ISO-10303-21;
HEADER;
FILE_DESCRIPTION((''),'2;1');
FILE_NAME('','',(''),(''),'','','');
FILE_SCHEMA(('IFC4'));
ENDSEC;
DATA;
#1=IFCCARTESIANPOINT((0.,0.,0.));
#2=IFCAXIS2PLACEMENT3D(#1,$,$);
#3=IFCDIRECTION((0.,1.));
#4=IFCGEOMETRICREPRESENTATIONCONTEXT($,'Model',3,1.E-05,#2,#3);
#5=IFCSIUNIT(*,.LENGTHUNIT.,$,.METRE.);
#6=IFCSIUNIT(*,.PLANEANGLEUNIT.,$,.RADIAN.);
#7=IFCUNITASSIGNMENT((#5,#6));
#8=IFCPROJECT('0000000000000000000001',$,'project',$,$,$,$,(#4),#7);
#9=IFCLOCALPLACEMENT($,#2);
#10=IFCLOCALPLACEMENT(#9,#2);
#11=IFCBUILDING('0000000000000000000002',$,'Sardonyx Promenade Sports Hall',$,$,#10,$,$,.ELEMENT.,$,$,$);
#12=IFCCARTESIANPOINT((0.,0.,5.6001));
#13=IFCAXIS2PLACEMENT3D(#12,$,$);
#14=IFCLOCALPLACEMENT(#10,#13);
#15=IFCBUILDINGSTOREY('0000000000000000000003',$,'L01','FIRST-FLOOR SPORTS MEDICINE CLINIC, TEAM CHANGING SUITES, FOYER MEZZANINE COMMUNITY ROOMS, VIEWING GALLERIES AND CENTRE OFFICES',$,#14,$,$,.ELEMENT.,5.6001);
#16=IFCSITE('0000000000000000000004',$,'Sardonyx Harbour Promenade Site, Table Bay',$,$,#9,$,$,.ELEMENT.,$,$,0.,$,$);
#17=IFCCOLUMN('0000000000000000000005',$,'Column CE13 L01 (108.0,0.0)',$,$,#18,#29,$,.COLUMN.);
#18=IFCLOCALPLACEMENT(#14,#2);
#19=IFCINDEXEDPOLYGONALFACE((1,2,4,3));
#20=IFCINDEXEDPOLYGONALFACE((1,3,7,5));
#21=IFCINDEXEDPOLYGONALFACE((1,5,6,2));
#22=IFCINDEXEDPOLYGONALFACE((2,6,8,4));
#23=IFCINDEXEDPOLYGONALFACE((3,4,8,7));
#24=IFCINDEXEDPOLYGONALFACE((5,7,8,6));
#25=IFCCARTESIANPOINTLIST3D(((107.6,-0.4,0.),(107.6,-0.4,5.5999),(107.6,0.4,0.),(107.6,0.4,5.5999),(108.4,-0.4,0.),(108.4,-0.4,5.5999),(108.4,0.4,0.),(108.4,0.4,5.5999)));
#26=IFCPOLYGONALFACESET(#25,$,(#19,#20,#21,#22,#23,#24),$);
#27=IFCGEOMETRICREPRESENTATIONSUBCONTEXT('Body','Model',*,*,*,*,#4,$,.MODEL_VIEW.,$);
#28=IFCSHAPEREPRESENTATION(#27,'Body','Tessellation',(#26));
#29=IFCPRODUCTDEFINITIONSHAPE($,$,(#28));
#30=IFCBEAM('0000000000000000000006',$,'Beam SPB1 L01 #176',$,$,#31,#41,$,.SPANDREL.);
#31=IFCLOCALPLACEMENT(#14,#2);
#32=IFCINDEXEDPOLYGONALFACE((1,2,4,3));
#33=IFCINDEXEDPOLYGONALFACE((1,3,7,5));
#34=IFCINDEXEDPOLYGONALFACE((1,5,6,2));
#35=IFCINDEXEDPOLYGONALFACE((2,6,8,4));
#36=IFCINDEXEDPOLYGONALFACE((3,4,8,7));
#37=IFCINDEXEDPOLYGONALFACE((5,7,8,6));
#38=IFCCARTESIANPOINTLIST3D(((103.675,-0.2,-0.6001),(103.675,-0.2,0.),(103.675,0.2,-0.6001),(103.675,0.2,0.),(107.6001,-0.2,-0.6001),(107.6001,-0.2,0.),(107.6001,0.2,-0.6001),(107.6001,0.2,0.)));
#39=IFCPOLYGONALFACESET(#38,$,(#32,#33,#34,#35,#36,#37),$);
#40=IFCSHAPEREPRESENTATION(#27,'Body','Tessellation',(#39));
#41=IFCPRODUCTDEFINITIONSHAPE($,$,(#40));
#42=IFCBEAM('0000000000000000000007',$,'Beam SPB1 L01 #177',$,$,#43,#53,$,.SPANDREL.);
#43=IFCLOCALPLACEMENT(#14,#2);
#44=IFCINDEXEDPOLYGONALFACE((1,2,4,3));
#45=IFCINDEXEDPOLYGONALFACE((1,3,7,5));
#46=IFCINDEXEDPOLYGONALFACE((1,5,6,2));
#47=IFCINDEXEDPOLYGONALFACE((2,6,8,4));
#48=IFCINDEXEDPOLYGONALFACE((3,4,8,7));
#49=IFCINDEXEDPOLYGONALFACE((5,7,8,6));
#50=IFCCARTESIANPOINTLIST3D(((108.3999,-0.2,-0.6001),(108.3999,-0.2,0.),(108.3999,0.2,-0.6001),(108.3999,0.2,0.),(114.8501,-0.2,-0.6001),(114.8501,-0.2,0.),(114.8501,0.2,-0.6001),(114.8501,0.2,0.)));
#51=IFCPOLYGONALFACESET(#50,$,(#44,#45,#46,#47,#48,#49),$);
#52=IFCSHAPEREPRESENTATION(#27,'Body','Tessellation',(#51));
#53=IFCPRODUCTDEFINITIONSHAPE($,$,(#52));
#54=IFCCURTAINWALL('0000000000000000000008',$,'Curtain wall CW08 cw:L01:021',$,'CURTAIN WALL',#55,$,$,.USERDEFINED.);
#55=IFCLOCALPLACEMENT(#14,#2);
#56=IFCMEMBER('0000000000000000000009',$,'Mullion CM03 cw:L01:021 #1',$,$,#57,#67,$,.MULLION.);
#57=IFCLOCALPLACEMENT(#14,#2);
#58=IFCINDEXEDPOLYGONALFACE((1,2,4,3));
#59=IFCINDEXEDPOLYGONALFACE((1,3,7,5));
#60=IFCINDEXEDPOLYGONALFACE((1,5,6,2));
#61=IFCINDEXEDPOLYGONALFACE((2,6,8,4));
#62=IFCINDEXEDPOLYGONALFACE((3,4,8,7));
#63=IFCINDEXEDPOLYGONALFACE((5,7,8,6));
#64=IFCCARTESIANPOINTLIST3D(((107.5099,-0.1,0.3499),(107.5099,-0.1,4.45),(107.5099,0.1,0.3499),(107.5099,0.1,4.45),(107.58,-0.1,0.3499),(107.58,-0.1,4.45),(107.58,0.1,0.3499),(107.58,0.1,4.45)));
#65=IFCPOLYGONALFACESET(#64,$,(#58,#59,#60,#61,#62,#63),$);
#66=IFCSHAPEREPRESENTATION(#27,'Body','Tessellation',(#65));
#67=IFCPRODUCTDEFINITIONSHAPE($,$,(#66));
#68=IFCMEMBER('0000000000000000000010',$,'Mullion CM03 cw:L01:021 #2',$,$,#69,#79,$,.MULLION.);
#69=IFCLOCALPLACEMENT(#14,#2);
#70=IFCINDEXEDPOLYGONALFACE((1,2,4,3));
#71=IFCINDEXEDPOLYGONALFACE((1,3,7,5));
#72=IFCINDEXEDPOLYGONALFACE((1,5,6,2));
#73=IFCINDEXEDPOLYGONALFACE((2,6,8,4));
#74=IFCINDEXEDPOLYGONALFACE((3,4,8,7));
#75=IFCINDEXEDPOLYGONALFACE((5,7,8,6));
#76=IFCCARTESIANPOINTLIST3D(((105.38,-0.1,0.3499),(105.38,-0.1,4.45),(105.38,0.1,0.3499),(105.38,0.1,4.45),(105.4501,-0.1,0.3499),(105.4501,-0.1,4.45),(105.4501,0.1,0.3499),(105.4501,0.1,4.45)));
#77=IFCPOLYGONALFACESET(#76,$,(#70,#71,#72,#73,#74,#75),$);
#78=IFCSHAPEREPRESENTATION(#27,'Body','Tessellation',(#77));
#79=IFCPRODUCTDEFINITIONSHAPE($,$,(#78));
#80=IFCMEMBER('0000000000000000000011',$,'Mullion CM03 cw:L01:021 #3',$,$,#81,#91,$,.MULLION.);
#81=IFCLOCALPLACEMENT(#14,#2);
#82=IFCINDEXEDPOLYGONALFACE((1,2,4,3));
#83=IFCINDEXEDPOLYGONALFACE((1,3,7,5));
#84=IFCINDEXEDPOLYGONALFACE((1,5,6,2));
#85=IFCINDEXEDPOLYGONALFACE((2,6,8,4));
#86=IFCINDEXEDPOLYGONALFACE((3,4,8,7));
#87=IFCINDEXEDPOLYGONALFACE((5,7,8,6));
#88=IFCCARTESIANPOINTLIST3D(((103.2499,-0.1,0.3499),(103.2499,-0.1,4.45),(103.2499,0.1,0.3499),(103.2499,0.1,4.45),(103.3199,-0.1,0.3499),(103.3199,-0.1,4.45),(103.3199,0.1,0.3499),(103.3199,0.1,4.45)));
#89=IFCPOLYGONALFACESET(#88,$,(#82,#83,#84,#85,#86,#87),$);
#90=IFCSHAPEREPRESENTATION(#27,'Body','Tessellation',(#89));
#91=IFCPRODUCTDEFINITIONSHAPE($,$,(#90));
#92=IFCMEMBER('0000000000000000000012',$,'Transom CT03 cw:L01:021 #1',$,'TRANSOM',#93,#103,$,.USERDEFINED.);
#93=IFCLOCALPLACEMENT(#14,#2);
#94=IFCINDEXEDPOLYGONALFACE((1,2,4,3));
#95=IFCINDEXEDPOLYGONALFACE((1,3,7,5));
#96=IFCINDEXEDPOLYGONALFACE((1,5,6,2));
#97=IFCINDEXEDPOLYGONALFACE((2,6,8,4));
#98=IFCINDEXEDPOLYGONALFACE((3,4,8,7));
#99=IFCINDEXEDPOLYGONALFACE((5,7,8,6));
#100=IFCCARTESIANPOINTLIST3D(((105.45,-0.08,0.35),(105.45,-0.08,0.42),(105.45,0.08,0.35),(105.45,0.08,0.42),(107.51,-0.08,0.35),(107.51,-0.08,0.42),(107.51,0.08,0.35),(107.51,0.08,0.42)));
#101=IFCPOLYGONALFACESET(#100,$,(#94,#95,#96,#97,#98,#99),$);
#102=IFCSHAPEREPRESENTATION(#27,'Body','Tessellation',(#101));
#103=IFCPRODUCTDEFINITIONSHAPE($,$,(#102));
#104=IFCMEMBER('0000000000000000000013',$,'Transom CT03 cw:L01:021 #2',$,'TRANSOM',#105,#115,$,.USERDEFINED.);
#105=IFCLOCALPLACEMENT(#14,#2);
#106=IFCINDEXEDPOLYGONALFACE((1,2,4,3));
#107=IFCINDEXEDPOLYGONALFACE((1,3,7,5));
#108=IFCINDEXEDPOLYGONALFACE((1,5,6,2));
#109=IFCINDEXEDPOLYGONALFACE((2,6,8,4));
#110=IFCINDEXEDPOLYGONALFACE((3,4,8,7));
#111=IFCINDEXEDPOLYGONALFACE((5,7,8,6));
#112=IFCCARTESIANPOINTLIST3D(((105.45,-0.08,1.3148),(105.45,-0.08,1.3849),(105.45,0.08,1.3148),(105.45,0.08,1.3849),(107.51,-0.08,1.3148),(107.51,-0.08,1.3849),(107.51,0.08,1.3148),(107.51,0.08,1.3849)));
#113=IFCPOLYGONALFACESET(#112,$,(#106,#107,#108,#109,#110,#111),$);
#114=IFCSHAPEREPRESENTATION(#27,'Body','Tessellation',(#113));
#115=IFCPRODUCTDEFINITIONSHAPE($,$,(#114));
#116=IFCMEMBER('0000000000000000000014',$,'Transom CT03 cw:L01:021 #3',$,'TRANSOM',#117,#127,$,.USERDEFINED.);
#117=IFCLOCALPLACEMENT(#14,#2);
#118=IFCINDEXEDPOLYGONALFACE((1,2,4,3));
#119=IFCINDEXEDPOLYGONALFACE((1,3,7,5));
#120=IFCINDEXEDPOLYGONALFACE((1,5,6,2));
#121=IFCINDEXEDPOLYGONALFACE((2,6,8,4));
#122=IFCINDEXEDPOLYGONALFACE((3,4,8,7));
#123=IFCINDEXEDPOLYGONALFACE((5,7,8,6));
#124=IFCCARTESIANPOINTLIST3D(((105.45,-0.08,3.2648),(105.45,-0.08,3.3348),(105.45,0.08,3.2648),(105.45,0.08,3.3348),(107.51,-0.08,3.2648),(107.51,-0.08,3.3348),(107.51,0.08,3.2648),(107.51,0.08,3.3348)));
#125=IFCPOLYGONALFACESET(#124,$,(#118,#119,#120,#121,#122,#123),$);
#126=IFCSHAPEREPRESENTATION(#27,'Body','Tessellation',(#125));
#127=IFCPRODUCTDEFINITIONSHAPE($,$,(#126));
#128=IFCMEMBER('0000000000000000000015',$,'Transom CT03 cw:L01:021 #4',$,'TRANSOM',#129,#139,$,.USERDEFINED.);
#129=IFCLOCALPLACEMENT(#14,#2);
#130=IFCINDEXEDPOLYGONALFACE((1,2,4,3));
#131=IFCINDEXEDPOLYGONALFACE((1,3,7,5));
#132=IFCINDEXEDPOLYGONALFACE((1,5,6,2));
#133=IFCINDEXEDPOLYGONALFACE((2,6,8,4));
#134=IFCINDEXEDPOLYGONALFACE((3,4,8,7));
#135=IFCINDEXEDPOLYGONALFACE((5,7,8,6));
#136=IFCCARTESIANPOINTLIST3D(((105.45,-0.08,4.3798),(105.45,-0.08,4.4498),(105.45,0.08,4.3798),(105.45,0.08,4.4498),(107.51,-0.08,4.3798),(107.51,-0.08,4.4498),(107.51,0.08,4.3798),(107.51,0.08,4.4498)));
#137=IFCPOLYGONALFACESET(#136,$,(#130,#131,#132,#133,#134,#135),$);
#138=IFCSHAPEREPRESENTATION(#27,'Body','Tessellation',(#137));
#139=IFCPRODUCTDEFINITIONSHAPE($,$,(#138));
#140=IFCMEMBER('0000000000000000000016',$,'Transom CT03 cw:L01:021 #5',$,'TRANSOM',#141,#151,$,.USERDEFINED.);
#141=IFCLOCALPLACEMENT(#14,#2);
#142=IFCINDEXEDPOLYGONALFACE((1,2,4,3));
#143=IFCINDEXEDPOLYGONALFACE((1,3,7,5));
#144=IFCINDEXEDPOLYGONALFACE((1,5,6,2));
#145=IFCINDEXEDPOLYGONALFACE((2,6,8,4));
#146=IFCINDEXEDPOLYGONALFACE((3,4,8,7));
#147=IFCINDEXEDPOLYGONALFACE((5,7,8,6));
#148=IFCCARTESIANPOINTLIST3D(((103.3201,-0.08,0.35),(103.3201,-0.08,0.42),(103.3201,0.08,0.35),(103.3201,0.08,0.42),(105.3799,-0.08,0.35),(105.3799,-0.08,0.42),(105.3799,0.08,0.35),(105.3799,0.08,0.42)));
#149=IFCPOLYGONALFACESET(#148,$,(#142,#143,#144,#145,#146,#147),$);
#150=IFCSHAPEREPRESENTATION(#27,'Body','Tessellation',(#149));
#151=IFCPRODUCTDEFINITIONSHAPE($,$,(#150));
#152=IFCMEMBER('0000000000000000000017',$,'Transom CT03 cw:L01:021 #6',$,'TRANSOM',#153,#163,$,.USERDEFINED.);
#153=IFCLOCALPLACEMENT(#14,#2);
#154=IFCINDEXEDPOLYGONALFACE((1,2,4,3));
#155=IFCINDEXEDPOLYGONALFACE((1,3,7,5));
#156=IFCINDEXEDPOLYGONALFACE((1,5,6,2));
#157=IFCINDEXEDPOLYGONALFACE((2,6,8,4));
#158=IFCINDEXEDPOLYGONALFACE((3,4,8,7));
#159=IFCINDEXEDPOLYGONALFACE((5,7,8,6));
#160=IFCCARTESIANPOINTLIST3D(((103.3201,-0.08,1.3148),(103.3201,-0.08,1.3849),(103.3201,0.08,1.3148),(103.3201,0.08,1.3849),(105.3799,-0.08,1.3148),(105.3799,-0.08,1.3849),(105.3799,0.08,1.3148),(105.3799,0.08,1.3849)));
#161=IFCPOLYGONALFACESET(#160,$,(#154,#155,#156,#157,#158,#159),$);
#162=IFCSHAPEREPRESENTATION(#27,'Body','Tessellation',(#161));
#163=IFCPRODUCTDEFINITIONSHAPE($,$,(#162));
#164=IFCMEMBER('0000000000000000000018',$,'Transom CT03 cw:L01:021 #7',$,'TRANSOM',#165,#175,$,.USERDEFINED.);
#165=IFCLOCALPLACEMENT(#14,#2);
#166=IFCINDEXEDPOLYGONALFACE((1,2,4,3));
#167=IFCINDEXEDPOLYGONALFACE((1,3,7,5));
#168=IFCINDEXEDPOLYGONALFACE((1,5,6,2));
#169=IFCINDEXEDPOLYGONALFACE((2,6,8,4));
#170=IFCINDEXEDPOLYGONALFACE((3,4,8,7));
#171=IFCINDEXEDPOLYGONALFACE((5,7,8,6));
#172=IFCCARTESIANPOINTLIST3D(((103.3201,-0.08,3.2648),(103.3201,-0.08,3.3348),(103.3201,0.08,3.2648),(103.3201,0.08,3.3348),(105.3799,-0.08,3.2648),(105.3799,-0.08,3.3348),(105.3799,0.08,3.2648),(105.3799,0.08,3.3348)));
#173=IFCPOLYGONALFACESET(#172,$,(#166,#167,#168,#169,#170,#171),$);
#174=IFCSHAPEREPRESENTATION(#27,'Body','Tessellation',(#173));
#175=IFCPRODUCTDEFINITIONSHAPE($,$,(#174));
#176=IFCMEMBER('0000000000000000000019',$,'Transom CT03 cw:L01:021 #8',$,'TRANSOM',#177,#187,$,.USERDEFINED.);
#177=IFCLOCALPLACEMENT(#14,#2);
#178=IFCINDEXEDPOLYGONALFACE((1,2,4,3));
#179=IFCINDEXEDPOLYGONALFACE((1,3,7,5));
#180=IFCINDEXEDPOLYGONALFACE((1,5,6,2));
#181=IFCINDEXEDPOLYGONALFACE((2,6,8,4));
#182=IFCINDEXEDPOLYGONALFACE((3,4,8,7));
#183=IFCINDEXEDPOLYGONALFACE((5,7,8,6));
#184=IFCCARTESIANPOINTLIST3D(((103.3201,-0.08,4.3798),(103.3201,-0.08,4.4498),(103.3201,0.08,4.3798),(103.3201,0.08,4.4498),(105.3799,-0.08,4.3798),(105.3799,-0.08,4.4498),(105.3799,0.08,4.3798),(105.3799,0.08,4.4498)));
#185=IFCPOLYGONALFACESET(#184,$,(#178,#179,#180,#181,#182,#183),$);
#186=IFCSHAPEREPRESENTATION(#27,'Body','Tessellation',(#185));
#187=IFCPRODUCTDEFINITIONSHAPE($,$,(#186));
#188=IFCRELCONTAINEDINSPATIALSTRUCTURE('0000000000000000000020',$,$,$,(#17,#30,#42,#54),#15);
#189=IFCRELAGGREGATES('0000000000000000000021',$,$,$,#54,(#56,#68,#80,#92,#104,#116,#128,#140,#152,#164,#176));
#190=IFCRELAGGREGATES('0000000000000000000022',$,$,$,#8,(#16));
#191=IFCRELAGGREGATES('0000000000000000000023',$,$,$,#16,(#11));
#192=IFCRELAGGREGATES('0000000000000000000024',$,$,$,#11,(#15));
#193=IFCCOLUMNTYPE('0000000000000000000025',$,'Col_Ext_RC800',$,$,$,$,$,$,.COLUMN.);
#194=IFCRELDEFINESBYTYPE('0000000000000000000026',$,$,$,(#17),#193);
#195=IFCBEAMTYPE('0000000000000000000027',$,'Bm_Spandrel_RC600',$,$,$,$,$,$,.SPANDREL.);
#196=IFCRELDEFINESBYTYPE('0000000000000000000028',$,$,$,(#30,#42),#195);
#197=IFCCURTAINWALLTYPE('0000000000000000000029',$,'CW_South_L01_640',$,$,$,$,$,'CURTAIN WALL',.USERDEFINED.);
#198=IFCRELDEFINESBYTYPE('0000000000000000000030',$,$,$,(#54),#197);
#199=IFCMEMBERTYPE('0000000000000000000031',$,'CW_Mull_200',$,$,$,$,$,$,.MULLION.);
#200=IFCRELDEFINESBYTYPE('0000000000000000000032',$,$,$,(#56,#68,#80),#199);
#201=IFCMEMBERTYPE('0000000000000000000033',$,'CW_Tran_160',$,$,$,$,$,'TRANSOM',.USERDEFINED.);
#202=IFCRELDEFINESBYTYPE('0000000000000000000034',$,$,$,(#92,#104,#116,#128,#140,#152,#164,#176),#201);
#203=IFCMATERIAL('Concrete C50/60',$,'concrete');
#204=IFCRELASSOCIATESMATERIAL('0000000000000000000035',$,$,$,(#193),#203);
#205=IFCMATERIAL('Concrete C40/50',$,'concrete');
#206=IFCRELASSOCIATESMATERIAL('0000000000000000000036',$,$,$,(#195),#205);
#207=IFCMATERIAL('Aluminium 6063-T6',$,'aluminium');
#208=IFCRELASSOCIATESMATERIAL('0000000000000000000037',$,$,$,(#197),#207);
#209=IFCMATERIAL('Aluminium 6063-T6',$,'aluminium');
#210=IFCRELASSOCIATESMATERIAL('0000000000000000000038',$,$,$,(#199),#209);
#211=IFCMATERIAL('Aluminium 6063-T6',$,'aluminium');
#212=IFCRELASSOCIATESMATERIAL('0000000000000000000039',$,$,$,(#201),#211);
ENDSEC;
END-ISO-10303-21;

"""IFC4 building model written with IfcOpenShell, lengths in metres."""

from ifc_helpers import new_model, si_unit, direction, frame, origin, origin_2d, place, context, subcontext, project, spatial, rectangle, extrude, material, material_profile, profile_set, type_object, element, aggregate, save


model = new_model("IFC4")

# Units and contexts
model_context = context("Model", 3, precision=1e-05, world=origin(), true_north=direction((0.0, 1.0)))
body_context = subcontext(model_context, "Body", "Model", "MODEL_VIEW")
ifc_project = project(units=[si_unit("LENGTHUNIT", "METRE"), si_unit("PLANEANGLEUNIT", "RADIAN")], contexts=[model_context])

# Site, building, storey
site_placement = place(None, origin())
site = spatial("IfcSite", under=ifc_project, at=site_placement, Name="Sardonyx Harbour Promenade Site, Table Bay", CompositionType="ELEMENT", RefElevation=0.0)
building_placement = place(site_placement, origin())
building = spatial("IfcBuilding", under=site, at=building_placement, Name="Sardonyx Promenade Sports Hall", CompositionType="ELEMENT")
storey_placement = place(building_placement, frame((0.0, 0.0, 5.6001)))
storey = spatial("IfcBuildingStorey", under=building, at=storey_placement, Name="L01", Description="FIRST-FLOOR SPORTS MEDICINE CLINIC, TEAM CHANGING SUITES, FOYER MEZZANINE COMMUNITY ROOMS, VIEWING GALLERIES AND CENTRE OFFICES", CompositionType="ELEMENT", Elevation=5.6001)

# Column
ifc_material_1 = material(Name="Concrete C50/60", Category="concrete")
ifc_material_profile_1 = material_profile(ifc_material_1, rectangle(XDim=0.8, YDim=0.8, at=origin_2d()))
ifc_profile_set_1 = profile_set([ifc_material_profile_1], Name="Concrete C50/60")
column_type = type_object("IfcColumnType", Name="Col_Ext_RC800", PredefinedType="COLUMN", material=ifc_profile_set_1)
column_placement = place(storey_placement, frame((108.0, 0.0, 0.0), z_axis=(0.0, 0.0, 1.0), x_axis=(1.0, 0.0, 0.0)))
element("IfcColumn", 1, at=column_placement, inside=storey, type_object=column_type, Name="Column CE13 L01 (108.0,0.0)", PredefinedType="COLUMN", context=body_context, shape_type="SweptSolid", body=[
    extrude(rectangle(XDim=0.8, YDim=0.8, at=origin_2d()), origin(), (0.0, 0.0, 1.0), 5.5999),
])

# Beams
ifc_material_2 = material(Name="Concrete C40/50", Category="concrete")
ifc_material_profile_2 = material_profile(ifc_material_2, rectangle(XDim=0.3999, YDim=0.6001, at=origin_2d()))
ifc_profile_set_2 = profile_set([ifc_material_profile_2], Name="Concrete C40/50")
beam_type = type_object("IfcBeamType", Name="Bm_Spandrel_RC600", PredefinedType="SPANDREL", material=ifc_profile_set_2)
beam_1_placement = place(storey_placement, frame((103.675, 0.0, -0.3), z_axis=(1.0, 0.0, 0.0), x_axis=(0.0, 1.0, 0.0)))
element("IfcBeam", 2, at=beam_1_placement, inside=storey, type_object=beam_type, Name="Beam SPB1 L01 #176", PredefinedType="SPANDREL", context=body_context, shape_type="SweptSolid", body=[
    extrude(rectangle(XDim=0.3999, YDim=0.6001, at=origin_2d()), origin(), (0.0, 0.0, 1.0), 3.925),
])
beam_2_placement = place(storey_placement, frame((108.3999, 0.0, -0.3), z_axis=(1.0, 0.0, 0.0), x_axis=(0.0, 1.0, 0.0)))
element("IfcBeam", 3, at=beam_2_placement, inside=storey, type_object=beam_type, Name="Beam SPB1 L01 #177", PredefinedType="SPANDREL", context=body_context, shape_type="SweptSolid", body=[
    extrude(rectangle(XDim=0.3999, YDim=0.6001, at=origin_2d()), origin(), (0.0, 0.0, 1.0), 6.4502),
])

# Curtain wall, members
ifc_material_3 = material(Name="Aluminium 6063-T6", Category="aluminium")
curtain_wall_type = type_object("IfcCurtainWallType", Name="CW_South_L01_640", ElementType="CURTAIN WALL", PredefinedType="USERDEFINED", material=ifc_material_3)
curtain_wall_placement = place(storey_placement, origin())
curtain_wall = element("IfcCurtainWall", 4, at=curtain_wall_placement, inside=storey, type_object=curtain_wall_type, Name="Curtain wall CW08 cw:L01:021", ObjectType="CURTAIN WALL", PredefinedType="USERDEFINED")
ifc_material_4 = material(Name="Aluminium 6063-T6", Category="aluminium")
ifc_material_profile_3 = material_profile(ifc_material_4, rectangle(XDim=0.0701, YDim=0.2, at=origin_2d()))
ifc_profile_set_3 = profile_set([ifc_material_profile_3], Name="Aluminium 6063-T6")
member_type_1 = type_object("IfcMemberType", Name="CW_Mull_200", PredefinedType="MULLION", material=ifc_profile_set_3)
member_1_placement = place(storey_placement, frame((107.5449, 0.0, 0.3499), z_axis=(0.0, 0.0, 1.0), x_axis=(-1.0, 0.0, 0.0)))
member_1 = element("IfcMember", 5, at=member_1_placement, type_object=member_type_1, Name="Mullion CM03 cw:L01:021 #1", PredefinedType="MULLION", context=body_context, shape_type="SweptSolid", body=[
    extrude(rectangle(XDim=0.0701, YDim=0.2, at=origin_2d()), origin(), (0.0, 0.0, 1.0), 4.1001),
])
member_2_placement = place(storey_placement, frame((105.415, 0.0, 0.3499), z_axis=(0.0, 0.0, 1.0), x_axis=(-1.0, 0.0, 0.0)))
member_2 = element("IfcMember", 6, at=member_2_placement, type_object=member_type_1, Name="Mullion CM03 cw:L01:021 #2", PredefinedType="MULLION", context=body_context, shape_type="SweptSolid", body=[
    extrude(rectangle(XDim=0.0701, YDim=0.2, at=origin_2d()), origin(), (0.0, 0.0, 1.0), 4.1001),
])
member_3_placement = place(storey_placement, frame((103.2849, 0.0, 0.3499), z_axis=(0.0, 0.0, 1.0), x_axis=(-1.0, 0.0, 0.0)))
member_3 = element("IfcMember", 7, at=member_3_placement, type_object=member_type_1, Name="Mullion CM03 cw:L01:021 #3", PredefinedType="MULLION", context=body_context, shape_type="SweptSolid", body=[
    extrude(rectangle(XDim=0.0701, YDim=0.2, at=origin_2d()), origin(), (0.0, 0.0, 1.0), 4.1001),
])
ifc_material_5 = material(Name="Aluminium 6063-T6", Category="aluminium")
ifc_material_profile_4 = material_profile(ifc_material_5, rectangle(XDim=0.0701, YDim=0.1599, at=origin_2d()))
ifc_profile_set_4 = profile_set([ifc_material_profile_4], Name="Aluminium 6063-T6")
member_type_2 = type_object("IfcMemberType", Name="CW_Tran_160", ElementType="TRANSOM", PredefinedType="USERDEFINED", material=ifc_profile_set_4)
member_4_placement = place(storey_placement, frame((107.51, 0.0, 0.385), z_axis=(-1.0, 0.0, 0.0), x_axis=(0.0, 0.0, 1.0)))
member_4 = element("IfcMember", 8, at=member_4_placement, type_object=member_type_2, Name="Transom CT03 cw:L01:021 #1", ObjectType="TRANSOM", PredefinedType="USERDEFINED", context=body_context, shape_type="SweptSolid", body=[
    extrude(rectangle(XDim=0.0701, YDim=0.1599, at=origin_2d()), origin(), (0.0, 0.0, 1.0), 2.0601),
])
member_5_placement = place(storey_placement, frame((107.51, 0.0, 1.3499), z_axis=(-1.0, 0.0, 0.0), x_axis=(0.0, 0.0, 1.0)))
member_5 = element("IfcMember", 9, at=member_5_placement, type_object=member_type_2, Name="Transom CT03 cw:L01:021 #2", ObjectType="TRANSOM", PredefinedType="USERDEFINED", context=body_context, shape_type="SweptSolid", body=[
    extrude(rectangle(XDim=0.0701, YDim=0.1599, at=origin_2d()), origin(), (0.0, 0.0, 1.0), 2.0601),
])
member_6_placement = place(storey_placement, frame((107.51, 0.0, 3.2998), z_axis=(-1.0, 0.0, 0.0), x_axis=(0.0, 0.0, 1.0)))
member_6 = element("IfcMember", 10, at=member_6_placement, type_object=member_type_2, Name="Transom CT03 cw:L01:021 #3", ObjectType="TRANSOM", PredefinedType="USERDEFINED", context=body_context, shape_type="SweptSolid", body=[
    extrude(rectangle(XDim=0.0701, YDim=0.1599, at=origin_2d()), origin(), (0.0, 0.0, 1.0), 2.0601),
])
member_7_placement = place(storey_placement, frame((107.51, 0.0, 4.4148), z_axis=(-1.0, 0.0, 0.0), x_axis=(0.0, 0.0, 1.0)))
member_7 = element("IfcMember", 11, at=member_7_placement, type_object=member_type_2, Name="Transom CT03 cw:L01:021 #4", ObjectType="TRANSOM", PredefinedType="USERDEFINED", context=body_context, shape_type="SweptSolid", body=[
    extrude(rectangle(XDim=0.0701, YDim=0.1599, at=origin_2d()), origin(), (0.0, 0.0, 1.0), 2.0601),
])
member_8_placement = place(storey_placement, frame((105.3799, 0.0, 0.385), z_axis=(-1.0, 0.0, 0.0), x_axis=(0.0, 0.0, 1.0)))
member_8 = element("IfcMember", 12, at=member_8_placement, type_object=member_type_2, Name="Transom CT03 cw:L01:021 #5", ObjectType="TRANSOM", PredefinedType="USERDEFINED", context=body_context, shape_type="SweptSolid", body=[
    extrude(rectangle(XDim=0.0701, YDim=0.1599, at=origin_2d()), origin(), (0.0, 0.0, 1.0), 2.0598),
])
member_9_placement = place(storey_placement, frame((105.3799, 0.0, 1.3499), z_axis=(-1.0, 0.0, 0.0), x_axis=(0.0, 0.0, 1.0)))
member_9 = element("IfcMember", 13, at=member_9_placement, type_object=member_type_2, Name="Transom CT03 cw:L01:021 #6", ObjectType="TRANSOM", PredefinedType="USERDEFINED", context=body_context, shape_type="SweptSolid", body=[
    extrude(rectangle(XDim=0.0701, YDim=0.1599, at=origin_2d()), origin(), (0.0, 0.0, 1.0), 2.0598),
])
member_10_placement = place(storey_placement, frame((105.3799, 0.0, 3.2998), z_axis=(-1.0, 0.0, 0.0), x_axis=(0.0, 0.0, 1.0)))
member_10 = element("IfcMember", 14, at=member_10_placement, type_object=member_type_2, Name="Transom CT03 cw:L01:021 #7", ObjectType="TRANSOM", PredefinedType="USERDEFINED", context=body_context, shape_type="SweptSolid", body=[
    extrude(rectangle(XDim=0.0701, YDim=0.1599, at=origin_2d()), origin(), (0.0, 0.0, 1.0), 2.0598),
])
member_11_placement = place(storey_placement, frame((105.3799, 0.0, 4.4148), z_axis=(-1.0, 0.0, 0.0), x_axis=(0.0, 0.0, 1.0)))
member_11 = element("IfcMember", 15, at=member_11_placement, type_object=member_type_2, Name="Transom CT03 cw:L01:021 #8", ObjectType="TRANSOM", PredefinedType="USERDEFINED", context=body_context, shape_type="SweptSolid", body=[
    extrude(rectangle(XDim=0.0701, YDim=0.1599, at=origin_2d()), origin(), (0.0, 0.0, 1.0), 2.0598),
])
aggregate(curtain_wall, [member_1, member_2, member_3, member_4, member_5, member_6, member_7, member_8, member_9, member_10, member_11])

save(model, "model.ifc")
